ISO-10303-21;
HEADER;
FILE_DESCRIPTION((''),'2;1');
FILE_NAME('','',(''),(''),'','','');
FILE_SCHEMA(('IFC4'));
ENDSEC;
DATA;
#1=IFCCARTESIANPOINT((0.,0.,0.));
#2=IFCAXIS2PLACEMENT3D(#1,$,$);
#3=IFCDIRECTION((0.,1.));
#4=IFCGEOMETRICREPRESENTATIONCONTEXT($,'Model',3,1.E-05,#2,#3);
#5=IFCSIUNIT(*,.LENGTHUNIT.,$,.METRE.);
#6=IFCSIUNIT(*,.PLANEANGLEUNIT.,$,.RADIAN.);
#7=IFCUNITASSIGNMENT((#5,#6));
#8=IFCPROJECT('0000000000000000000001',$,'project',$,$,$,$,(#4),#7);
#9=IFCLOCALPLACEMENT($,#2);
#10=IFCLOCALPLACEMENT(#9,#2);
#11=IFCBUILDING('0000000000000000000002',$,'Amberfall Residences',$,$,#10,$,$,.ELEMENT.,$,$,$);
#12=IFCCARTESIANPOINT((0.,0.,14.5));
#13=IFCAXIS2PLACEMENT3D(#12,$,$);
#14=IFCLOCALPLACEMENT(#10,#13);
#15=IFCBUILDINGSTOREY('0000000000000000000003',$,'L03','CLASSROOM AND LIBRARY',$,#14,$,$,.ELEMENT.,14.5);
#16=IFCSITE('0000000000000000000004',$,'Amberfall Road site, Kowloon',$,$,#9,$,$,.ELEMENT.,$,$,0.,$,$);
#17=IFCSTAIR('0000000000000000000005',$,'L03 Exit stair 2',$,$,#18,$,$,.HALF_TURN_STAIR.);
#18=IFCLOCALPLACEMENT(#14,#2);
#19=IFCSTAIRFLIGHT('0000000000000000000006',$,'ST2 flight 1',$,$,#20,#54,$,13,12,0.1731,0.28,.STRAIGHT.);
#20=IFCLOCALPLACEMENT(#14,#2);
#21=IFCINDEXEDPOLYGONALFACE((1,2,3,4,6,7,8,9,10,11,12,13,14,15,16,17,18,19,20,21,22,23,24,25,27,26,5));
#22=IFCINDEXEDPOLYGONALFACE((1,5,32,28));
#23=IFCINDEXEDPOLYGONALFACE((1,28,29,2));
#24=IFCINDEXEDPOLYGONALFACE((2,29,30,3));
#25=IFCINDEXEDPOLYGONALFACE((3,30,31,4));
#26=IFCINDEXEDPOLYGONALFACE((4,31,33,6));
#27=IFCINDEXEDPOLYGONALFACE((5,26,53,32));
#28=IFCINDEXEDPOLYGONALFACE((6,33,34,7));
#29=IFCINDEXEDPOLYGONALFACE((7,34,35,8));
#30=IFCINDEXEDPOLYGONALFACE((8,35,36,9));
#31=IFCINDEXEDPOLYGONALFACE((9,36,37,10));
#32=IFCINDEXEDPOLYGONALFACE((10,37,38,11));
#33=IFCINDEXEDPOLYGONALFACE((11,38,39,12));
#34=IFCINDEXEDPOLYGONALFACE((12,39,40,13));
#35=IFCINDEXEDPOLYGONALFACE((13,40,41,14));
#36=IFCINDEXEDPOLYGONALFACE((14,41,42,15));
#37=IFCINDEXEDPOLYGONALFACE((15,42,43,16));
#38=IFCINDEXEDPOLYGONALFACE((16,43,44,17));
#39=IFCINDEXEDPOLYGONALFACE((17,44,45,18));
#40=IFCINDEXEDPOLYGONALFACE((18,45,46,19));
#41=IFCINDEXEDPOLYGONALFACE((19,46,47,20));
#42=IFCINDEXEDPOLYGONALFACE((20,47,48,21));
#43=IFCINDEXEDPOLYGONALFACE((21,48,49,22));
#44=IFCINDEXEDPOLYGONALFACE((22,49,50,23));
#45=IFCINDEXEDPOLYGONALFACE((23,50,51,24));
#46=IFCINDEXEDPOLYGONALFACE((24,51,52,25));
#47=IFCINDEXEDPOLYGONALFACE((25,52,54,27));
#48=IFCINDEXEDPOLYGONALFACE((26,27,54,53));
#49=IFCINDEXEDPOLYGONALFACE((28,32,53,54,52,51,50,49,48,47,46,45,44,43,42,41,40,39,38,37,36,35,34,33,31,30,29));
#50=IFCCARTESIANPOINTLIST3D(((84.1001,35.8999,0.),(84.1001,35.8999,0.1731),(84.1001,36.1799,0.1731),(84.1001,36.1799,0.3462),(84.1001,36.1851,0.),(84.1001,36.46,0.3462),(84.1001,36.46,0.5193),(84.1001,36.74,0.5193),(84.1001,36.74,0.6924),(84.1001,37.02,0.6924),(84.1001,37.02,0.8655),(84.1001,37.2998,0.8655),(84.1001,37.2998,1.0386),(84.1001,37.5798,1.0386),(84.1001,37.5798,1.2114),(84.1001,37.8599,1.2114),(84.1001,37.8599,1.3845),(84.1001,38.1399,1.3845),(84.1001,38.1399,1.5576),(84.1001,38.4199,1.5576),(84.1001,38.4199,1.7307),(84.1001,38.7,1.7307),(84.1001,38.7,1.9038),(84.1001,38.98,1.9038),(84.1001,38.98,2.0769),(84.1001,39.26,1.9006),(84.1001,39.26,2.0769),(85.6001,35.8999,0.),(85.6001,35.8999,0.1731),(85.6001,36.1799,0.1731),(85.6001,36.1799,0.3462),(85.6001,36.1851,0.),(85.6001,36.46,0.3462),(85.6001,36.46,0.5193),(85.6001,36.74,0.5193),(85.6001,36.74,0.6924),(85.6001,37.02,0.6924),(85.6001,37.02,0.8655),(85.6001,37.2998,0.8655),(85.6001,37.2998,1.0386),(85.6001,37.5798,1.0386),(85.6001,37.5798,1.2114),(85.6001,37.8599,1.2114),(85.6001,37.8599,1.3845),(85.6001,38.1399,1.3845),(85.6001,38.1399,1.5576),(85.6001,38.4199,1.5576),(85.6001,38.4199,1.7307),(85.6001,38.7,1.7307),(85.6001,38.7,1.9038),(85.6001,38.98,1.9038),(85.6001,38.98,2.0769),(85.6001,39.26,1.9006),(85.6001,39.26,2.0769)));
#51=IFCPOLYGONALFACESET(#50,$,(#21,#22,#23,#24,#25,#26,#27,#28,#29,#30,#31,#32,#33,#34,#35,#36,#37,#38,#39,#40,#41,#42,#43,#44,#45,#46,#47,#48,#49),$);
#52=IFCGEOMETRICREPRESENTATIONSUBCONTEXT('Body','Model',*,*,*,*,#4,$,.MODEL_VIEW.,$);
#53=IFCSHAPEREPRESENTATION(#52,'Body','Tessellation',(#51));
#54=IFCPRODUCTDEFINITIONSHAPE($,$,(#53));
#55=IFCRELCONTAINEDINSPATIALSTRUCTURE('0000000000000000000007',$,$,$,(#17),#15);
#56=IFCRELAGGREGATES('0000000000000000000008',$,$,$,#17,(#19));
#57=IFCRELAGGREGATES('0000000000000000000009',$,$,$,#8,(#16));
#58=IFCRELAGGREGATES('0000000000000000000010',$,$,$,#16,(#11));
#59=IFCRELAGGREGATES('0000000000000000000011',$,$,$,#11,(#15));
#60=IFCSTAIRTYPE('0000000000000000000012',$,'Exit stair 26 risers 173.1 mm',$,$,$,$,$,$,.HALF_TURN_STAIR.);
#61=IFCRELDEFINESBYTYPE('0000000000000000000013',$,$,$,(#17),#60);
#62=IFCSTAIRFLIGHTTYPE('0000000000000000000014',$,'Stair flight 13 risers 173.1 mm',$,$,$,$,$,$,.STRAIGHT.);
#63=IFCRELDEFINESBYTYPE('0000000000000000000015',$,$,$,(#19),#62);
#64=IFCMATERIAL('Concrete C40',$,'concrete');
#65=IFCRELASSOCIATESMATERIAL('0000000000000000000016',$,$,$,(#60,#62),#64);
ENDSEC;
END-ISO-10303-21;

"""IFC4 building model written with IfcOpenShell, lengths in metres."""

from ifc_helpers import new_model, si_unit, direction, frame, origin, place, context, subcontext, project, spatial, polyline, outline, extrude, material, type_object, element, aggregate, save


model = new_model("IFC4")

# Units and contexts
model_context = context("Model", 3, precision=1e-05, world=origin(), true_north=direction((0.0, 1.0)))
body_context = subcontext(model_context, "Body", "Model", "MODEL_VIEW")
ifc_project = project(units=[si_unit("LENGTHUNIT", "METRE"), si_unit("PLANEANGLEUNIT", "RADIAN")], contexts=[model_context])

# Site, building, storey
site_placement = place(None, origin())
site = spatial("IfcSite", under=ifc_project, at=site_placement, Name="Amberfall Road site, Kowloon", CompositionType="ELEMENT", RefElevation=0.0)
building_placement = place(site_placement, origin())
building = spatial("IfcBuilding", under=site, at=building_placement, Name="Amberfall Residences", CompositionType="ELEMENT")
storey_placement = place(building_placement, frame((0.0, 0.0, 14.5)))
storey = spatial("IfcBuildingStorey", under=building, at=storey_placement, Name="L03", Description="CLASSROOM AND LIBRARY", CompositionType="ELEMENT", Elevation=14.5)

# Stair, stair flight
ifc_material_1 = material(Name="Concrete C40", Category="concrete")
stair_type = type_object("IfcStairType", Name="Exit stair 26 risers 173.1 mm", PredefinedType="HALF_TURN_STAIR", material=ifc_material_1)
stair_flight_type = type_object("IfcStairFlightType", Name="Stair flight 13 risers 173.1 mm", PredefinedType="STRAIGHT", material=ifc_material_1)
stair_1_placement = place(storey_placement, origin())
stair_1 = element("IfcStair", 1, at=stair_1_placement, inside=storey, type_object=stair_type, Name="L03 Exit stair 2", PredefinedType="HALF_TURN_STAIR")
stair_flight_1_placement = place(storey_placement, frame((84.8501, 35.8999, 0.0), z_axis=(0.0, 0.0, 1.0), x_axis=(0.0, 1.0, 0.0)))
stair_flight_1 = element("IfcStairFlight", 2, at=stair_flight_1_placement, type_object=stair_flight_type, Name="ST2 flight 1", NumberOfRisers=13, NumberOfTreads=12, PredefinedType="STRAIGHT", RiserHeight=0.1731, TreadLength=0.28, context=body_context, shape_type="SweptSolid", body=[
    extrude(outline(polyline([(0.0, 0.0), (0.0, 0.1731), (0.28, 0.1731), (0.28, 0.3462), (0.5601, 0.3462), (0.5601, 0.5193), (0.8401, 0.5193), (0.8401, 0.6924), (1.1201, 0.6924), (1.1201, 0.8655), (1.3999, 0.8655), (1.3999, 1.0386), (1.6799, 1.0386), (1.6799, 1.2114), (1.96, 1.2114), (1.96, 1.3845), (2.24, 1.3845), (2.24, 1.5576), (2.52, 1.5576), (2.52, 1.7307), (2.8, 1.7307), (2.8, 1.9038), (3.0801, 1.9038), (3.0801, 2.0769), (3.3601, 2.0769), (3.3601, 2.25), (3.3601, 1.9006), (0.2852, 0.0), (0.0, 0.0)])), frame((0.0, 0.75, 0.0), z_axis=(0.0, -1.0, 0.0), x_axis=(1.0, 0.0, 0.0)), (0.0, 0.0, 1.0), 1.5),
])
aggregate(stair_1, [stair_flight_1])

save(model, "model.ifc")
